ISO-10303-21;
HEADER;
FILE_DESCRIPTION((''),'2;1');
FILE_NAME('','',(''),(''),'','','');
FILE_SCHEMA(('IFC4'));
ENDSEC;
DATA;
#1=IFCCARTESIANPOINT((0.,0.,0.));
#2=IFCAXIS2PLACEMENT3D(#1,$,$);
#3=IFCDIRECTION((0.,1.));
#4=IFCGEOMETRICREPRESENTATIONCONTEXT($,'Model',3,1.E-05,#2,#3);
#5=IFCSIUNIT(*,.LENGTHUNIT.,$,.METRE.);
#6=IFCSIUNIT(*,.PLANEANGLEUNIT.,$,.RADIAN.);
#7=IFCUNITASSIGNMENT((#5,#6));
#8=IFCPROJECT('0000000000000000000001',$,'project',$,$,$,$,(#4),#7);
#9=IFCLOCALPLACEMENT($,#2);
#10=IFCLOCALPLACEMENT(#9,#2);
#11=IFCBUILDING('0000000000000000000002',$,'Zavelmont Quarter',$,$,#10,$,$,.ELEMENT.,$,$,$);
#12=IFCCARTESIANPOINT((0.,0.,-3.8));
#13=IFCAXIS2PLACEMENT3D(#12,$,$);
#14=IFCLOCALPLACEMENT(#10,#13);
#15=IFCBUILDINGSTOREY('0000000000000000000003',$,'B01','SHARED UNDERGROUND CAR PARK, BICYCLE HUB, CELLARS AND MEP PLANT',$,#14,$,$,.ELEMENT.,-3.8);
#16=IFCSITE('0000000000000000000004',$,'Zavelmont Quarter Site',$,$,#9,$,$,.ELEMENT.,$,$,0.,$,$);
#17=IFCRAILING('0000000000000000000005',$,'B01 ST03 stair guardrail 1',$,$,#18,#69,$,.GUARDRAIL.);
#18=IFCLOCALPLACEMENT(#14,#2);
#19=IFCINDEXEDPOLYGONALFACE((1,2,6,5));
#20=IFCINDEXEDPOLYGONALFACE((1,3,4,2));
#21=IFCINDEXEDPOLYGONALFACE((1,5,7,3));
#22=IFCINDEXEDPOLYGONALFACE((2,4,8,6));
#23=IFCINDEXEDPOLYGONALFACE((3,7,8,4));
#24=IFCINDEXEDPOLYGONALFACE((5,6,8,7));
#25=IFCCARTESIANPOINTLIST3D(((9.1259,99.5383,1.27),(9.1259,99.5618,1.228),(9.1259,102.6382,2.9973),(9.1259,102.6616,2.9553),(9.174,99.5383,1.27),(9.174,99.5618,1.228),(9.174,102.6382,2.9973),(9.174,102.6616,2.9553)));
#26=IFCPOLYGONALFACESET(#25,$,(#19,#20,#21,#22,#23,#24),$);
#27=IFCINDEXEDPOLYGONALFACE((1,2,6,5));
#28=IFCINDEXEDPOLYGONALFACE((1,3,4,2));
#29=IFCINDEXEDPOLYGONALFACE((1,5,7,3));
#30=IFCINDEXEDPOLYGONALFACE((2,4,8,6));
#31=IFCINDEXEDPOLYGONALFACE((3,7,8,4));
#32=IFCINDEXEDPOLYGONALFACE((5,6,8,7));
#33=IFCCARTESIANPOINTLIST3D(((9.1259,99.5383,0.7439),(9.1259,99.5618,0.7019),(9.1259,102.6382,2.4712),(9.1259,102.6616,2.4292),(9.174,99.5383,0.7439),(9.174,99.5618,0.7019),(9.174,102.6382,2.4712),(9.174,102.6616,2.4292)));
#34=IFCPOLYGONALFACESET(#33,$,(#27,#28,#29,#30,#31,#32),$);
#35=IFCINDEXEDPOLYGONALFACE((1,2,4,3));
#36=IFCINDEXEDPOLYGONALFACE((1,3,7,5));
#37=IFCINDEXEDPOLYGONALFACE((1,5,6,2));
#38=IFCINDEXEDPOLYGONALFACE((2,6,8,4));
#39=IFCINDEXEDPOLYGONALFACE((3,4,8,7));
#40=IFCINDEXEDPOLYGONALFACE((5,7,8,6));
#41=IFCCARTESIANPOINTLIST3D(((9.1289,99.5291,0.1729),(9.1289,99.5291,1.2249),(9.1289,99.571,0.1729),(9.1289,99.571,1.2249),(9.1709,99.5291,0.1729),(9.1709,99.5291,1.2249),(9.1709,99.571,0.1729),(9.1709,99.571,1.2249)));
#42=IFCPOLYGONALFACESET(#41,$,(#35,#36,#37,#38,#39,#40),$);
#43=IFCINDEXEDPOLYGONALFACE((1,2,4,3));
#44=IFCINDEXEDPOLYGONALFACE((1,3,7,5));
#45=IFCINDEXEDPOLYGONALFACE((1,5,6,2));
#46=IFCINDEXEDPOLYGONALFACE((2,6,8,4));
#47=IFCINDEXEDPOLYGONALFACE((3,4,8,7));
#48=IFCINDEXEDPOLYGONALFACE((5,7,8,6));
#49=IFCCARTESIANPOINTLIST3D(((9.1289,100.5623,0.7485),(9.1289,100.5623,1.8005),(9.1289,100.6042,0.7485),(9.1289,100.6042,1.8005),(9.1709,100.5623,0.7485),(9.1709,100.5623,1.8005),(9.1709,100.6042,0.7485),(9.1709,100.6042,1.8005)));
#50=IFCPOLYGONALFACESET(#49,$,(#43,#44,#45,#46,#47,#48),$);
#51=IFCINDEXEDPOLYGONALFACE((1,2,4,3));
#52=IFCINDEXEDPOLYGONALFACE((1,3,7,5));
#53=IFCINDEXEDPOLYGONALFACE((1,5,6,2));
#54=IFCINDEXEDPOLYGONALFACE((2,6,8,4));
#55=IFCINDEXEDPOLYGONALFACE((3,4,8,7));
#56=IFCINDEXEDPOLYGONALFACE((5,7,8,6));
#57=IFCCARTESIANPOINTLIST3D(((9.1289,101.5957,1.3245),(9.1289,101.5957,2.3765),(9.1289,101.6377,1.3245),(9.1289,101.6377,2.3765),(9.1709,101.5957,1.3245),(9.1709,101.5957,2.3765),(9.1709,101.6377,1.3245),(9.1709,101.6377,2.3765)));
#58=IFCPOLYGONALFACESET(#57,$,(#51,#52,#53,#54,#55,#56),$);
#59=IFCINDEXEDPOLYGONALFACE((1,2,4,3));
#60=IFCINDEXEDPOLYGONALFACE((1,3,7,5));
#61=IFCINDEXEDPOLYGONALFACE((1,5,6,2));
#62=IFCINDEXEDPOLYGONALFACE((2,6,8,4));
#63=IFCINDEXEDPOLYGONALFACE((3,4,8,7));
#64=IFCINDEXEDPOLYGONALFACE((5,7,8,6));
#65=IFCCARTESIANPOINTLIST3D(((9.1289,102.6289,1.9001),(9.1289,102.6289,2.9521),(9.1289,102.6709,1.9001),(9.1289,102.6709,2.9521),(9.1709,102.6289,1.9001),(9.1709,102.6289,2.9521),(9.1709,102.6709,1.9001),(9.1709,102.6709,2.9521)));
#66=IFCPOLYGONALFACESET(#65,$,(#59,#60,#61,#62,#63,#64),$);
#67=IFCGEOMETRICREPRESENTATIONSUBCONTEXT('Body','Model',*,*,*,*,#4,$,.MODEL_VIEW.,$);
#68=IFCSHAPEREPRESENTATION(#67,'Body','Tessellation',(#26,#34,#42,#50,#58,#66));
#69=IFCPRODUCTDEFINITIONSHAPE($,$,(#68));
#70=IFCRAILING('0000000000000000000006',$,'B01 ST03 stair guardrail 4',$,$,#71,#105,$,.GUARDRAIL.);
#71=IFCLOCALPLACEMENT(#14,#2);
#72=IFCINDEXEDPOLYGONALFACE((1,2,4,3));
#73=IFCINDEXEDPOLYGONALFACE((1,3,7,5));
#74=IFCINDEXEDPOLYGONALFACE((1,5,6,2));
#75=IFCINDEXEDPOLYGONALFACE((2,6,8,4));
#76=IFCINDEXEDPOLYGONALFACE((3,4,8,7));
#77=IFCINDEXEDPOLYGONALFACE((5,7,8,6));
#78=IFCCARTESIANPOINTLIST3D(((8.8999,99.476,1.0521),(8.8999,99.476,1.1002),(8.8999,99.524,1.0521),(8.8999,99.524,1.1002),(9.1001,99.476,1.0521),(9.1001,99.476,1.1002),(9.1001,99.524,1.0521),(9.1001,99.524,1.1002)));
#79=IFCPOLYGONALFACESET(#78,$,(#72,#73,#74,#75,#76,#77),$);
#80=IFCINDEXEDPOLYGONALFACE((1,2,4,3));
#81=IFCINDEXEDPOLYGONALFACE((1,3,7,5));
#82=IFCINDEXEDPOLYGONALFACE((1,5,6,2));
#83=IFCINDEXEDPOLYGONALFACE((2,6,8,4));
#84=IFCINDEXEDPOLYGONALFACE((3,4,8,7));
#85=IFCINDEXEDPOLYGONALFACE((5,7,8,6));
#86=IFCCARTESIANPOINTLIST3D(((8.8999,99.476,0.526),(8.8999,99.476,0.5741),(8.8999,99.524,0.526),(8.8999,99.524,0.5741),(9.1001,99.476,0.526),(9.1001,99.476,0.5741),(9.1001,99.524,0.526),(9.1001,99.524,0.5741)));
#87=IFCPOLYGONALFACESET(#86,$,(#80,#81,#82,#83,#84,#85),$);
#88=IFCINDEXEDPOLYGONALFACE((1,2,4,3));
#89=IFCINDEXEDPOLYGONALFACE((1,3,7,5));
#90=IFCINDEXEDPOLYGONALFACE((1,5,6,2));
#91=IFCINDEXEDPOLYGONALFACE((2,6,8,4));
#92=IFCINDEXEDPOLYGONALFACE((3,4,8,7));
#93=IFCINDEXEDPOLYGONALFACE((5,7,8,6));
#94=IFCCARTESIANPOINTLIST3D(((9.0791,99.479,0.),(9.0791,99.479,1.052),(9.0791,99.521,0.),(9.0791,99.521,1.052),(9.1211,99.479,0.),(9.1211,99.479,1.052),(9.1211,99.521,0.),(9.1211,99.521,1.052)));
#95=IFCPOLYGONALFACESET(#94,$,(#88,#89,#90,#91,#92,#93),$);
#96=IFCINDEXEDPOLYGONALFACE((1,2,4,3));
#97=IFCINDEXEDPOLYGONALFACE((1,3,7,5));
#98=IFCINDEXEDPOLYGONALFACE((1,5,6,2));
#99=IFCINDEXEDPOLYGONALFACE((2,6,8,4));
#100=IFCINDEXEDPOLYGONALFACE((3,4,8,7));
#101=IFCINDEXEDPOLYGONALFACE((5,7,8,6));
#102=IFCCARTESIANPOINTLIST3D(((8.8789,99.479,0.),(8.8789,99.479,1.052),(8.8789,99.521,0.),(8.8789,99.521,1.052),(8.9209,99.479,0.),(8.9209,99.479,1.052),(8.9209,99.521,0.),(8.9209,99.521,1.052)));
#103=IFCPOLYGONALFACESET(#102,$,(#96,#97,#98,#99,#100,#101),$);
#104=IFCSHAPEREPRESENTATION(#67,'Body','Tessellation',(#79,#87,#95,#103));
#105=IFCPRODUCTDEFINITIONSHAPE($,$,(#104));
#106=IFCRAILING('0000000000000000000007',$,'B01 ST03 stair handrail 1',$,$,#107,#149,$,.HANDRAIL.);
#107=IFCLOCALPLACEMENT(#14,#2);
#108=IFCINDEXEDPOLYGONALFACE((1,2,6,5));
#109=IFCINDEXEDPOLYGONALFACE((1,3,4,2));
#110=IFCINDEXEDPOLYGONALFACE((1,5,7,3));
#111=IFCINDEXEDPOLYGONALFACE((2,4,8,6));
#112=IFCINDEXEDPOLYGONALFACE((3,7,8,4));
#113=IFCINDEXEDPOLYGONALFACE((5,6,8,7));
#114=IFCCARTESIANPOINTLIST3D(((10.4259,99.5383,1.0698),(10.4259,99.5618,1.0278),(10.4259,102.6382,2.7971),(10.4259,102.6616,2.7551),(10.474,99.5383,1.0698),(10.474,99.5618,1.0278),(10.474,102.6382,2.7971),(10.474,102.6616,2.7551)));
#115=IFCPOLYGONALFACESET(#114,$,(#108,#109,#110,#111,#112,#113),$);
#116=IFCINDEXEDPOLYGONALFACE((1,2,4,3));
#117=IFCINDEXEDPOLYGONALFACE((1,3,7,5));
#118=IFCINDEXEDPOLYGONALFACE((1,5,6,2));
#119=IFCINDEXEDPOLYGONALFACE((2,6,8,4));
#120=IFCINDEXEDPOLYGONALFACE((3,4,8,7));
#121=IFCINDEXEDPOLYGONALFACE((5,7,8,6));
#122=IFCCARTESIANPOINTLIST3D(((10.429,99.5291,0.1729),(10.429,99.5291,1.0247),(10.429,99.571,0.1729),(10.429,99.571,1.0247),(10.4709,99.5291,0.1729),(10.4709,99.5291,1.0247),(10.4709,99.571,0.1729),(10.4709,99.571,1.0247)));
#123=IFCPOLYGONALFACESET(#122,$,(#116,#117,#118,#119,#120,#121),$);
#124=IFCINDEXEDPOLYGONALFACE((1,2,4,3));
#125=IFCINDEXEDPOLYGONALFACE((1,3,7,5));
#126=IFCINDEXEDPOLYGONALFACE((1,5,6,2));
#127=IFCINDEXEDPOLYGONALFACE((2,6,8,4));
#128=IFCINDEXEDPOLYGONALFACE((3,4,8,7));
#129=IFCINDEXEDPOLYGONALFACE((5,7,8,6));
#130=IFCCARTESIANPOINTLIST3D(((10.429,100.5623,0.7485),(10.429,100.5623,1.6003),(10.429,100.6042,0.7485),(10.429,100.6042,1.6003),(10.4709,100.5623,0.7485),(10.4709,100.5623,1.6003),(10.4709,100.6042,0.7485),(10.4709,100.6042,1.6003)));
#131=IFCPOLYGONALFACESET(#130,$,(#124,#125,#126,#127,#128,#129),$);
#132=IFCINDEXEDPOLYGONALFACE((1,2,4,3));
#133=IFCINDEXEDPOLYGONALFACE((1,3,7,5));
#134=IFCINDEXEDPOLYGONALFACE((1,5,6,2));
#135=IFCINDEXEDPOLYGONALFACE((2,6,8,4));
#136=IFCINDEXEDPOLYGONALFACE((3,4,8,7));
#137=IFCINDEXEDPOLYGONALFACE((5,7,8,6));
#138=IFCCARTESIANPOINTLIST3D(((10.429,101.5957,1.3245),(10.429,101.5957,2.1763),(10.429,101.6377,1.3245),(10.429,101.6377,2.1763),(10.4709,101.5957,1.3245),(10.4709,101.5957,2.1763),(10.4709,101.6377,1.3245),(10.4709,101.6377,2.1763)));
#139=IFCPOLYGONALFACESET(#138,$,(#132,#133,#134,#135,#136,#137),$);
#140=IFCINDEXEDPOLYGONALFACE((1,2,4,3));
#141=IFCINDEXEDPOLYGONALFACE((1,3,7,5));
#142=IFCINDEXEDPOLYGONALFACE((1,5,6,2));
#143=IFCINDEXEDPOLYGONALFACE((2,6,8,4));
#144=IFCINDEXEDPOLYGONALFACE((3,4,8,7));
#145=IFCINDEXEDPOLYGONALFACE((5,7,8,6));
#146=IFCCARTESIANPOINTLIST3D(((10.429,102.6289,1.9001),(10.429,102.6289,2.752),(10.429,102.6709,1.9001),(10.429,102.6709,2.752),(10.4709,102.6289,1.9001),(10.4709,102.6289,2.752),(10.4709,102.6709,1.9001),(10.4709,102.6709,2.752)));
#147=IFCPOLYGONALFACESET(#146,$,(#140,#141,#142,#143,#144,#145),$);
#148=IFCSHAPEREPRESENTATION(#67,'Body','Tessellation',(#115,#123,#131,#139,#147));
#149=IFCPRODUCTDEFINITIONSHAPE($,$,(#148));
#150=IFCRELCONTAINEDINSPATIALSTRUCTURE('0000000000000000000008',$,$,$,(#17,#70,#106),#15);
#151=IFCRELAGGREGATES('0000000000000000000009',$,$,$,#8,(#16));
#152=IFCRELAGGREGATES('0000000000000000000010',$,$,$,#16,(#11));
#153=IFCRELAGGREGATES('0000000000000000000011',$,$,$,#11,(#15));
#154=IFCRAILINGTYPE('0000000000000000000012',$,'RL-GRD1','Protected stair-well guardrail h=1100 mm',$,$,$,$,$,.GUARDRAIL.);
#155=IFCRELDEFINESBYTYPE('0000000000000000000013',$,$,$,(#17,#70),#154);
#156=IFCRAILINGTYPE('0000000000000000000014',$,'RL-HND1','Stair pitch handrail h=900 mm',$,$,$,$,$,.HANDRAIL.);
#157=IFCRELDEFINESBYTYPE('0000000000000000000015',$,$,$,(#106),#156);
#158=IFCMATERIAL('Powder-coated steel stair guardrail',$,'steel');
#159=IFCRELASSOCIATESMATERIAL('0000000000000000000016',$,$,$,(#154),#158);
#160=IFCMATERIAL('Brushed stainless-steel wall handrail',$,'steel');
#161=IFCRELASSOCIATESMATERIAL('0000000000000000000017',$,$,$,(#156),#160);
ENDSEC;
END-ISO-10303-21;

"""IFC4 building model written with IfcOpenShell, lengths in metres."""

from ifc_helpers import new_model, si_unit, direction, frame, origin, origin_2d, place, context, subcontext, project, spatial, rectangle, extrude, material, type_object, element, save


model = new_model("IFC4")

# Units and contexts
model_context = context("Model", 3, precision=1e-05, world=origin(), true_north=direction((0.0, 1.0)))
body_context = subcontext(model_context, "Body", "Model", "MODEL_VIEW")
ifc_project = project(units=[si_unit("LENGTHUNIT", "METRE"), si_unit("PLANEANGLEUNIT", "RADIAN")], contexts=[model_context])

# Site, building, storey
site_placement = place(None, origin())
site = spatial("IfcSite", under=ifc_project, at=site_placement, Name="Zavelmont Quarter Site", CompositionType="ELEMENT", RefElevation=0.0)
building_placement = place(site_placement, origin())
building = spatial("IfcBuilding", under=site, at=building_placement, Name="Zavelmont Quarter", CompositionType="ELEMENT")
storey_placement = place(building_placement, frame((0.0, 0.0, -3.8)))
storey = spatial("IfcBuildingStorey", under=building, at=storey_placement, Name="B01", Description="SHARED UNDERGROUND CAR PARK, BICYCLE HUB, CELLARS AND MEP PLANT", CompositionType="ELEMENT", Elevation=-3.8)

# Railings
ifc_material_1 = material(Name="Powder-coated steel stair guardrail", Category="steel")
railing_type_1 = type_object("IfcRailingType", Name="RL-GRD1", Description="Protected stair-well guardrail h=1100 mm", PredefinedType="GUARDRAIL", material=ifc_material_1)
railing_1_placement = place(storey_placement, frame((9.1499, 99.55, 0.1729)))
element("IfcRailing", 1, at=railing_1_placement, inside=storey, type_object=railing_type_1, Name="B01 ST03 stair guardrail 1", PredefinedType="GUARDRAIL", context=body_context, shape_type="SweptSolid", body=[
    extrude(rectangle(XDim=0.0481, YDim=0.0481, at=origin_2d()), frame((0.0, 0.0, 1.0762), z_axis=(0.0, 0.87354, 0.486752), x_axis=(-1.0, 0.0, 0.0)), (0.0, 0.0, 1.0), 3.5486),
    extrude(rectangle(XDim=0.0481, YDim=0.0481, at=origin_2d()), frame((0.0, 0.0, 0.55), z_axis=(0.0, 0.87354, 0.486752), x_axis=(-1.0, 0.0, 0.0)), (0.0, 0.0, 1.0), 3.5486),
    extrude(rectangle(XDim=0.042, YDim=0.042, at=origin_2d()), origin(), (0.0, 0.0, 1.0), 1.052),
    extrude(rectangle(XDim=0.042, YDim=0.042, at=origin_2d()), frame((0.0, 1.0332, 0.5757)), (0.0, 0.0, 1.0), 1.052),
    extrude(rectangle(XDim=0.042, YDim=0.042, at=origin_2d()), frame((0.0, 2.0667, 1.1516)), (0.0, 0.0, 1.0), 1.052),
    extrude(rectangle(XDim=0.042, YDim=0.042, at=origin_2d()), frame((0.0, 3.0999, 1.7273)), (0.0, 0.0, 1.0), 1.052),
])
railing_2_placement = place(storey_placement, frame((9.1001, 99.5, 0.0)))
element("IfcRailing", 2, at=railing_2_placement, inside=storey, type_object=railing_type_1, Name="B01 ST03 stair guardrail 4", PredefinedType="GUARDRAIL", context=body_context, shape_type="SweptSolid", body=[
    extrude(rectangle(XDim=0.0481, YDim=0.0481, at=origin_2d()), frame((0.0, 0.0, 1.0762), z_axis=(-1.0, 0.0, 0.0), x_axis=(0.0, -1.0, 0.0)), (0.0, 0.0, 1.0), 0.2002),
    extrude(rectangle(XDim=0.0481, YDim=0.0481, at=origin_2d()), frame((0.0, 0.0, 0.55), z_axis=(-1.0, 0.0, 0.0), x_axis=(0.0, -1.0, 0.0)), (0.0, 0.0, 1.0), 0.2002),
    extrude(rectangle(XDim=0.042, YDim=0.042, at=origin_2d()), origin(), (0.0, 0.0, 1.0), 1.052),
    extrude(rectangle(XDim=0.042, YDim=0.042, at=origin_2d()), frame((-0.2002, 0.0, 0.0)), (0.0, 0.0, 1.0), 1.052),
])
ifc_material_2 = material(Name="Brushed stainless-steel wall handrail", Category="steel")
railing_type_2 = type_object("IfcRailingType", Name="RL-HND1", Description="Stair pitch handrail h=900 mm", PredefinedType="HANDRAIL", material=ifc_material_2)
railing_3_placement = place(storey_placement, frame((10.45, 99.55, 0.1729)))
element("IfcRailing", 3, at=railing_3_placement, inside=storey, type_object=railing_type_2, Name="B01 ST03 stair handrail 1", PredefinedType="HANDRAIL", context=body_context, shape_type="SweptSolid", body=[
    extrude(rectangle(XDim=0.0481, YDim=0.0481, at=origin_2d()), frame((0.0, 0.0, 0.876), z_axis=(0.0, 0.87354, 0.486752), x_axis=(-1.0, 0.0, 0.0)), (0.0, 0.0, 1.0), 3.5486),
    extrude(rectangle(XDim=0.042, YDim=0.042, at=origin_2d()), origin(), (0.0, 0.0, 1.0), 0.8518),
    extrude(rectangle(XDim=0.042, YDim=0.042, at=origin_2d()), frame((0.0, 1.0332, 0.5757)), (0.0, 0.0, 1.0), 0.8518),
    extrude(rectangle(XDim=0.042, YDim=0.042, at=origin_2d()), frame((0.0, 2.0667, 1.1516)), (0.0, 0.0, 1.0), 0.8518),
    extrude(rectangle(XDim=0.042, YDim=0.042, at=origin_2d()), frame((0.0, 3.0999, 1.7273)), (0.0, 0.0, 1.0), 0.8518),
])

save(model, "model.ifc")
